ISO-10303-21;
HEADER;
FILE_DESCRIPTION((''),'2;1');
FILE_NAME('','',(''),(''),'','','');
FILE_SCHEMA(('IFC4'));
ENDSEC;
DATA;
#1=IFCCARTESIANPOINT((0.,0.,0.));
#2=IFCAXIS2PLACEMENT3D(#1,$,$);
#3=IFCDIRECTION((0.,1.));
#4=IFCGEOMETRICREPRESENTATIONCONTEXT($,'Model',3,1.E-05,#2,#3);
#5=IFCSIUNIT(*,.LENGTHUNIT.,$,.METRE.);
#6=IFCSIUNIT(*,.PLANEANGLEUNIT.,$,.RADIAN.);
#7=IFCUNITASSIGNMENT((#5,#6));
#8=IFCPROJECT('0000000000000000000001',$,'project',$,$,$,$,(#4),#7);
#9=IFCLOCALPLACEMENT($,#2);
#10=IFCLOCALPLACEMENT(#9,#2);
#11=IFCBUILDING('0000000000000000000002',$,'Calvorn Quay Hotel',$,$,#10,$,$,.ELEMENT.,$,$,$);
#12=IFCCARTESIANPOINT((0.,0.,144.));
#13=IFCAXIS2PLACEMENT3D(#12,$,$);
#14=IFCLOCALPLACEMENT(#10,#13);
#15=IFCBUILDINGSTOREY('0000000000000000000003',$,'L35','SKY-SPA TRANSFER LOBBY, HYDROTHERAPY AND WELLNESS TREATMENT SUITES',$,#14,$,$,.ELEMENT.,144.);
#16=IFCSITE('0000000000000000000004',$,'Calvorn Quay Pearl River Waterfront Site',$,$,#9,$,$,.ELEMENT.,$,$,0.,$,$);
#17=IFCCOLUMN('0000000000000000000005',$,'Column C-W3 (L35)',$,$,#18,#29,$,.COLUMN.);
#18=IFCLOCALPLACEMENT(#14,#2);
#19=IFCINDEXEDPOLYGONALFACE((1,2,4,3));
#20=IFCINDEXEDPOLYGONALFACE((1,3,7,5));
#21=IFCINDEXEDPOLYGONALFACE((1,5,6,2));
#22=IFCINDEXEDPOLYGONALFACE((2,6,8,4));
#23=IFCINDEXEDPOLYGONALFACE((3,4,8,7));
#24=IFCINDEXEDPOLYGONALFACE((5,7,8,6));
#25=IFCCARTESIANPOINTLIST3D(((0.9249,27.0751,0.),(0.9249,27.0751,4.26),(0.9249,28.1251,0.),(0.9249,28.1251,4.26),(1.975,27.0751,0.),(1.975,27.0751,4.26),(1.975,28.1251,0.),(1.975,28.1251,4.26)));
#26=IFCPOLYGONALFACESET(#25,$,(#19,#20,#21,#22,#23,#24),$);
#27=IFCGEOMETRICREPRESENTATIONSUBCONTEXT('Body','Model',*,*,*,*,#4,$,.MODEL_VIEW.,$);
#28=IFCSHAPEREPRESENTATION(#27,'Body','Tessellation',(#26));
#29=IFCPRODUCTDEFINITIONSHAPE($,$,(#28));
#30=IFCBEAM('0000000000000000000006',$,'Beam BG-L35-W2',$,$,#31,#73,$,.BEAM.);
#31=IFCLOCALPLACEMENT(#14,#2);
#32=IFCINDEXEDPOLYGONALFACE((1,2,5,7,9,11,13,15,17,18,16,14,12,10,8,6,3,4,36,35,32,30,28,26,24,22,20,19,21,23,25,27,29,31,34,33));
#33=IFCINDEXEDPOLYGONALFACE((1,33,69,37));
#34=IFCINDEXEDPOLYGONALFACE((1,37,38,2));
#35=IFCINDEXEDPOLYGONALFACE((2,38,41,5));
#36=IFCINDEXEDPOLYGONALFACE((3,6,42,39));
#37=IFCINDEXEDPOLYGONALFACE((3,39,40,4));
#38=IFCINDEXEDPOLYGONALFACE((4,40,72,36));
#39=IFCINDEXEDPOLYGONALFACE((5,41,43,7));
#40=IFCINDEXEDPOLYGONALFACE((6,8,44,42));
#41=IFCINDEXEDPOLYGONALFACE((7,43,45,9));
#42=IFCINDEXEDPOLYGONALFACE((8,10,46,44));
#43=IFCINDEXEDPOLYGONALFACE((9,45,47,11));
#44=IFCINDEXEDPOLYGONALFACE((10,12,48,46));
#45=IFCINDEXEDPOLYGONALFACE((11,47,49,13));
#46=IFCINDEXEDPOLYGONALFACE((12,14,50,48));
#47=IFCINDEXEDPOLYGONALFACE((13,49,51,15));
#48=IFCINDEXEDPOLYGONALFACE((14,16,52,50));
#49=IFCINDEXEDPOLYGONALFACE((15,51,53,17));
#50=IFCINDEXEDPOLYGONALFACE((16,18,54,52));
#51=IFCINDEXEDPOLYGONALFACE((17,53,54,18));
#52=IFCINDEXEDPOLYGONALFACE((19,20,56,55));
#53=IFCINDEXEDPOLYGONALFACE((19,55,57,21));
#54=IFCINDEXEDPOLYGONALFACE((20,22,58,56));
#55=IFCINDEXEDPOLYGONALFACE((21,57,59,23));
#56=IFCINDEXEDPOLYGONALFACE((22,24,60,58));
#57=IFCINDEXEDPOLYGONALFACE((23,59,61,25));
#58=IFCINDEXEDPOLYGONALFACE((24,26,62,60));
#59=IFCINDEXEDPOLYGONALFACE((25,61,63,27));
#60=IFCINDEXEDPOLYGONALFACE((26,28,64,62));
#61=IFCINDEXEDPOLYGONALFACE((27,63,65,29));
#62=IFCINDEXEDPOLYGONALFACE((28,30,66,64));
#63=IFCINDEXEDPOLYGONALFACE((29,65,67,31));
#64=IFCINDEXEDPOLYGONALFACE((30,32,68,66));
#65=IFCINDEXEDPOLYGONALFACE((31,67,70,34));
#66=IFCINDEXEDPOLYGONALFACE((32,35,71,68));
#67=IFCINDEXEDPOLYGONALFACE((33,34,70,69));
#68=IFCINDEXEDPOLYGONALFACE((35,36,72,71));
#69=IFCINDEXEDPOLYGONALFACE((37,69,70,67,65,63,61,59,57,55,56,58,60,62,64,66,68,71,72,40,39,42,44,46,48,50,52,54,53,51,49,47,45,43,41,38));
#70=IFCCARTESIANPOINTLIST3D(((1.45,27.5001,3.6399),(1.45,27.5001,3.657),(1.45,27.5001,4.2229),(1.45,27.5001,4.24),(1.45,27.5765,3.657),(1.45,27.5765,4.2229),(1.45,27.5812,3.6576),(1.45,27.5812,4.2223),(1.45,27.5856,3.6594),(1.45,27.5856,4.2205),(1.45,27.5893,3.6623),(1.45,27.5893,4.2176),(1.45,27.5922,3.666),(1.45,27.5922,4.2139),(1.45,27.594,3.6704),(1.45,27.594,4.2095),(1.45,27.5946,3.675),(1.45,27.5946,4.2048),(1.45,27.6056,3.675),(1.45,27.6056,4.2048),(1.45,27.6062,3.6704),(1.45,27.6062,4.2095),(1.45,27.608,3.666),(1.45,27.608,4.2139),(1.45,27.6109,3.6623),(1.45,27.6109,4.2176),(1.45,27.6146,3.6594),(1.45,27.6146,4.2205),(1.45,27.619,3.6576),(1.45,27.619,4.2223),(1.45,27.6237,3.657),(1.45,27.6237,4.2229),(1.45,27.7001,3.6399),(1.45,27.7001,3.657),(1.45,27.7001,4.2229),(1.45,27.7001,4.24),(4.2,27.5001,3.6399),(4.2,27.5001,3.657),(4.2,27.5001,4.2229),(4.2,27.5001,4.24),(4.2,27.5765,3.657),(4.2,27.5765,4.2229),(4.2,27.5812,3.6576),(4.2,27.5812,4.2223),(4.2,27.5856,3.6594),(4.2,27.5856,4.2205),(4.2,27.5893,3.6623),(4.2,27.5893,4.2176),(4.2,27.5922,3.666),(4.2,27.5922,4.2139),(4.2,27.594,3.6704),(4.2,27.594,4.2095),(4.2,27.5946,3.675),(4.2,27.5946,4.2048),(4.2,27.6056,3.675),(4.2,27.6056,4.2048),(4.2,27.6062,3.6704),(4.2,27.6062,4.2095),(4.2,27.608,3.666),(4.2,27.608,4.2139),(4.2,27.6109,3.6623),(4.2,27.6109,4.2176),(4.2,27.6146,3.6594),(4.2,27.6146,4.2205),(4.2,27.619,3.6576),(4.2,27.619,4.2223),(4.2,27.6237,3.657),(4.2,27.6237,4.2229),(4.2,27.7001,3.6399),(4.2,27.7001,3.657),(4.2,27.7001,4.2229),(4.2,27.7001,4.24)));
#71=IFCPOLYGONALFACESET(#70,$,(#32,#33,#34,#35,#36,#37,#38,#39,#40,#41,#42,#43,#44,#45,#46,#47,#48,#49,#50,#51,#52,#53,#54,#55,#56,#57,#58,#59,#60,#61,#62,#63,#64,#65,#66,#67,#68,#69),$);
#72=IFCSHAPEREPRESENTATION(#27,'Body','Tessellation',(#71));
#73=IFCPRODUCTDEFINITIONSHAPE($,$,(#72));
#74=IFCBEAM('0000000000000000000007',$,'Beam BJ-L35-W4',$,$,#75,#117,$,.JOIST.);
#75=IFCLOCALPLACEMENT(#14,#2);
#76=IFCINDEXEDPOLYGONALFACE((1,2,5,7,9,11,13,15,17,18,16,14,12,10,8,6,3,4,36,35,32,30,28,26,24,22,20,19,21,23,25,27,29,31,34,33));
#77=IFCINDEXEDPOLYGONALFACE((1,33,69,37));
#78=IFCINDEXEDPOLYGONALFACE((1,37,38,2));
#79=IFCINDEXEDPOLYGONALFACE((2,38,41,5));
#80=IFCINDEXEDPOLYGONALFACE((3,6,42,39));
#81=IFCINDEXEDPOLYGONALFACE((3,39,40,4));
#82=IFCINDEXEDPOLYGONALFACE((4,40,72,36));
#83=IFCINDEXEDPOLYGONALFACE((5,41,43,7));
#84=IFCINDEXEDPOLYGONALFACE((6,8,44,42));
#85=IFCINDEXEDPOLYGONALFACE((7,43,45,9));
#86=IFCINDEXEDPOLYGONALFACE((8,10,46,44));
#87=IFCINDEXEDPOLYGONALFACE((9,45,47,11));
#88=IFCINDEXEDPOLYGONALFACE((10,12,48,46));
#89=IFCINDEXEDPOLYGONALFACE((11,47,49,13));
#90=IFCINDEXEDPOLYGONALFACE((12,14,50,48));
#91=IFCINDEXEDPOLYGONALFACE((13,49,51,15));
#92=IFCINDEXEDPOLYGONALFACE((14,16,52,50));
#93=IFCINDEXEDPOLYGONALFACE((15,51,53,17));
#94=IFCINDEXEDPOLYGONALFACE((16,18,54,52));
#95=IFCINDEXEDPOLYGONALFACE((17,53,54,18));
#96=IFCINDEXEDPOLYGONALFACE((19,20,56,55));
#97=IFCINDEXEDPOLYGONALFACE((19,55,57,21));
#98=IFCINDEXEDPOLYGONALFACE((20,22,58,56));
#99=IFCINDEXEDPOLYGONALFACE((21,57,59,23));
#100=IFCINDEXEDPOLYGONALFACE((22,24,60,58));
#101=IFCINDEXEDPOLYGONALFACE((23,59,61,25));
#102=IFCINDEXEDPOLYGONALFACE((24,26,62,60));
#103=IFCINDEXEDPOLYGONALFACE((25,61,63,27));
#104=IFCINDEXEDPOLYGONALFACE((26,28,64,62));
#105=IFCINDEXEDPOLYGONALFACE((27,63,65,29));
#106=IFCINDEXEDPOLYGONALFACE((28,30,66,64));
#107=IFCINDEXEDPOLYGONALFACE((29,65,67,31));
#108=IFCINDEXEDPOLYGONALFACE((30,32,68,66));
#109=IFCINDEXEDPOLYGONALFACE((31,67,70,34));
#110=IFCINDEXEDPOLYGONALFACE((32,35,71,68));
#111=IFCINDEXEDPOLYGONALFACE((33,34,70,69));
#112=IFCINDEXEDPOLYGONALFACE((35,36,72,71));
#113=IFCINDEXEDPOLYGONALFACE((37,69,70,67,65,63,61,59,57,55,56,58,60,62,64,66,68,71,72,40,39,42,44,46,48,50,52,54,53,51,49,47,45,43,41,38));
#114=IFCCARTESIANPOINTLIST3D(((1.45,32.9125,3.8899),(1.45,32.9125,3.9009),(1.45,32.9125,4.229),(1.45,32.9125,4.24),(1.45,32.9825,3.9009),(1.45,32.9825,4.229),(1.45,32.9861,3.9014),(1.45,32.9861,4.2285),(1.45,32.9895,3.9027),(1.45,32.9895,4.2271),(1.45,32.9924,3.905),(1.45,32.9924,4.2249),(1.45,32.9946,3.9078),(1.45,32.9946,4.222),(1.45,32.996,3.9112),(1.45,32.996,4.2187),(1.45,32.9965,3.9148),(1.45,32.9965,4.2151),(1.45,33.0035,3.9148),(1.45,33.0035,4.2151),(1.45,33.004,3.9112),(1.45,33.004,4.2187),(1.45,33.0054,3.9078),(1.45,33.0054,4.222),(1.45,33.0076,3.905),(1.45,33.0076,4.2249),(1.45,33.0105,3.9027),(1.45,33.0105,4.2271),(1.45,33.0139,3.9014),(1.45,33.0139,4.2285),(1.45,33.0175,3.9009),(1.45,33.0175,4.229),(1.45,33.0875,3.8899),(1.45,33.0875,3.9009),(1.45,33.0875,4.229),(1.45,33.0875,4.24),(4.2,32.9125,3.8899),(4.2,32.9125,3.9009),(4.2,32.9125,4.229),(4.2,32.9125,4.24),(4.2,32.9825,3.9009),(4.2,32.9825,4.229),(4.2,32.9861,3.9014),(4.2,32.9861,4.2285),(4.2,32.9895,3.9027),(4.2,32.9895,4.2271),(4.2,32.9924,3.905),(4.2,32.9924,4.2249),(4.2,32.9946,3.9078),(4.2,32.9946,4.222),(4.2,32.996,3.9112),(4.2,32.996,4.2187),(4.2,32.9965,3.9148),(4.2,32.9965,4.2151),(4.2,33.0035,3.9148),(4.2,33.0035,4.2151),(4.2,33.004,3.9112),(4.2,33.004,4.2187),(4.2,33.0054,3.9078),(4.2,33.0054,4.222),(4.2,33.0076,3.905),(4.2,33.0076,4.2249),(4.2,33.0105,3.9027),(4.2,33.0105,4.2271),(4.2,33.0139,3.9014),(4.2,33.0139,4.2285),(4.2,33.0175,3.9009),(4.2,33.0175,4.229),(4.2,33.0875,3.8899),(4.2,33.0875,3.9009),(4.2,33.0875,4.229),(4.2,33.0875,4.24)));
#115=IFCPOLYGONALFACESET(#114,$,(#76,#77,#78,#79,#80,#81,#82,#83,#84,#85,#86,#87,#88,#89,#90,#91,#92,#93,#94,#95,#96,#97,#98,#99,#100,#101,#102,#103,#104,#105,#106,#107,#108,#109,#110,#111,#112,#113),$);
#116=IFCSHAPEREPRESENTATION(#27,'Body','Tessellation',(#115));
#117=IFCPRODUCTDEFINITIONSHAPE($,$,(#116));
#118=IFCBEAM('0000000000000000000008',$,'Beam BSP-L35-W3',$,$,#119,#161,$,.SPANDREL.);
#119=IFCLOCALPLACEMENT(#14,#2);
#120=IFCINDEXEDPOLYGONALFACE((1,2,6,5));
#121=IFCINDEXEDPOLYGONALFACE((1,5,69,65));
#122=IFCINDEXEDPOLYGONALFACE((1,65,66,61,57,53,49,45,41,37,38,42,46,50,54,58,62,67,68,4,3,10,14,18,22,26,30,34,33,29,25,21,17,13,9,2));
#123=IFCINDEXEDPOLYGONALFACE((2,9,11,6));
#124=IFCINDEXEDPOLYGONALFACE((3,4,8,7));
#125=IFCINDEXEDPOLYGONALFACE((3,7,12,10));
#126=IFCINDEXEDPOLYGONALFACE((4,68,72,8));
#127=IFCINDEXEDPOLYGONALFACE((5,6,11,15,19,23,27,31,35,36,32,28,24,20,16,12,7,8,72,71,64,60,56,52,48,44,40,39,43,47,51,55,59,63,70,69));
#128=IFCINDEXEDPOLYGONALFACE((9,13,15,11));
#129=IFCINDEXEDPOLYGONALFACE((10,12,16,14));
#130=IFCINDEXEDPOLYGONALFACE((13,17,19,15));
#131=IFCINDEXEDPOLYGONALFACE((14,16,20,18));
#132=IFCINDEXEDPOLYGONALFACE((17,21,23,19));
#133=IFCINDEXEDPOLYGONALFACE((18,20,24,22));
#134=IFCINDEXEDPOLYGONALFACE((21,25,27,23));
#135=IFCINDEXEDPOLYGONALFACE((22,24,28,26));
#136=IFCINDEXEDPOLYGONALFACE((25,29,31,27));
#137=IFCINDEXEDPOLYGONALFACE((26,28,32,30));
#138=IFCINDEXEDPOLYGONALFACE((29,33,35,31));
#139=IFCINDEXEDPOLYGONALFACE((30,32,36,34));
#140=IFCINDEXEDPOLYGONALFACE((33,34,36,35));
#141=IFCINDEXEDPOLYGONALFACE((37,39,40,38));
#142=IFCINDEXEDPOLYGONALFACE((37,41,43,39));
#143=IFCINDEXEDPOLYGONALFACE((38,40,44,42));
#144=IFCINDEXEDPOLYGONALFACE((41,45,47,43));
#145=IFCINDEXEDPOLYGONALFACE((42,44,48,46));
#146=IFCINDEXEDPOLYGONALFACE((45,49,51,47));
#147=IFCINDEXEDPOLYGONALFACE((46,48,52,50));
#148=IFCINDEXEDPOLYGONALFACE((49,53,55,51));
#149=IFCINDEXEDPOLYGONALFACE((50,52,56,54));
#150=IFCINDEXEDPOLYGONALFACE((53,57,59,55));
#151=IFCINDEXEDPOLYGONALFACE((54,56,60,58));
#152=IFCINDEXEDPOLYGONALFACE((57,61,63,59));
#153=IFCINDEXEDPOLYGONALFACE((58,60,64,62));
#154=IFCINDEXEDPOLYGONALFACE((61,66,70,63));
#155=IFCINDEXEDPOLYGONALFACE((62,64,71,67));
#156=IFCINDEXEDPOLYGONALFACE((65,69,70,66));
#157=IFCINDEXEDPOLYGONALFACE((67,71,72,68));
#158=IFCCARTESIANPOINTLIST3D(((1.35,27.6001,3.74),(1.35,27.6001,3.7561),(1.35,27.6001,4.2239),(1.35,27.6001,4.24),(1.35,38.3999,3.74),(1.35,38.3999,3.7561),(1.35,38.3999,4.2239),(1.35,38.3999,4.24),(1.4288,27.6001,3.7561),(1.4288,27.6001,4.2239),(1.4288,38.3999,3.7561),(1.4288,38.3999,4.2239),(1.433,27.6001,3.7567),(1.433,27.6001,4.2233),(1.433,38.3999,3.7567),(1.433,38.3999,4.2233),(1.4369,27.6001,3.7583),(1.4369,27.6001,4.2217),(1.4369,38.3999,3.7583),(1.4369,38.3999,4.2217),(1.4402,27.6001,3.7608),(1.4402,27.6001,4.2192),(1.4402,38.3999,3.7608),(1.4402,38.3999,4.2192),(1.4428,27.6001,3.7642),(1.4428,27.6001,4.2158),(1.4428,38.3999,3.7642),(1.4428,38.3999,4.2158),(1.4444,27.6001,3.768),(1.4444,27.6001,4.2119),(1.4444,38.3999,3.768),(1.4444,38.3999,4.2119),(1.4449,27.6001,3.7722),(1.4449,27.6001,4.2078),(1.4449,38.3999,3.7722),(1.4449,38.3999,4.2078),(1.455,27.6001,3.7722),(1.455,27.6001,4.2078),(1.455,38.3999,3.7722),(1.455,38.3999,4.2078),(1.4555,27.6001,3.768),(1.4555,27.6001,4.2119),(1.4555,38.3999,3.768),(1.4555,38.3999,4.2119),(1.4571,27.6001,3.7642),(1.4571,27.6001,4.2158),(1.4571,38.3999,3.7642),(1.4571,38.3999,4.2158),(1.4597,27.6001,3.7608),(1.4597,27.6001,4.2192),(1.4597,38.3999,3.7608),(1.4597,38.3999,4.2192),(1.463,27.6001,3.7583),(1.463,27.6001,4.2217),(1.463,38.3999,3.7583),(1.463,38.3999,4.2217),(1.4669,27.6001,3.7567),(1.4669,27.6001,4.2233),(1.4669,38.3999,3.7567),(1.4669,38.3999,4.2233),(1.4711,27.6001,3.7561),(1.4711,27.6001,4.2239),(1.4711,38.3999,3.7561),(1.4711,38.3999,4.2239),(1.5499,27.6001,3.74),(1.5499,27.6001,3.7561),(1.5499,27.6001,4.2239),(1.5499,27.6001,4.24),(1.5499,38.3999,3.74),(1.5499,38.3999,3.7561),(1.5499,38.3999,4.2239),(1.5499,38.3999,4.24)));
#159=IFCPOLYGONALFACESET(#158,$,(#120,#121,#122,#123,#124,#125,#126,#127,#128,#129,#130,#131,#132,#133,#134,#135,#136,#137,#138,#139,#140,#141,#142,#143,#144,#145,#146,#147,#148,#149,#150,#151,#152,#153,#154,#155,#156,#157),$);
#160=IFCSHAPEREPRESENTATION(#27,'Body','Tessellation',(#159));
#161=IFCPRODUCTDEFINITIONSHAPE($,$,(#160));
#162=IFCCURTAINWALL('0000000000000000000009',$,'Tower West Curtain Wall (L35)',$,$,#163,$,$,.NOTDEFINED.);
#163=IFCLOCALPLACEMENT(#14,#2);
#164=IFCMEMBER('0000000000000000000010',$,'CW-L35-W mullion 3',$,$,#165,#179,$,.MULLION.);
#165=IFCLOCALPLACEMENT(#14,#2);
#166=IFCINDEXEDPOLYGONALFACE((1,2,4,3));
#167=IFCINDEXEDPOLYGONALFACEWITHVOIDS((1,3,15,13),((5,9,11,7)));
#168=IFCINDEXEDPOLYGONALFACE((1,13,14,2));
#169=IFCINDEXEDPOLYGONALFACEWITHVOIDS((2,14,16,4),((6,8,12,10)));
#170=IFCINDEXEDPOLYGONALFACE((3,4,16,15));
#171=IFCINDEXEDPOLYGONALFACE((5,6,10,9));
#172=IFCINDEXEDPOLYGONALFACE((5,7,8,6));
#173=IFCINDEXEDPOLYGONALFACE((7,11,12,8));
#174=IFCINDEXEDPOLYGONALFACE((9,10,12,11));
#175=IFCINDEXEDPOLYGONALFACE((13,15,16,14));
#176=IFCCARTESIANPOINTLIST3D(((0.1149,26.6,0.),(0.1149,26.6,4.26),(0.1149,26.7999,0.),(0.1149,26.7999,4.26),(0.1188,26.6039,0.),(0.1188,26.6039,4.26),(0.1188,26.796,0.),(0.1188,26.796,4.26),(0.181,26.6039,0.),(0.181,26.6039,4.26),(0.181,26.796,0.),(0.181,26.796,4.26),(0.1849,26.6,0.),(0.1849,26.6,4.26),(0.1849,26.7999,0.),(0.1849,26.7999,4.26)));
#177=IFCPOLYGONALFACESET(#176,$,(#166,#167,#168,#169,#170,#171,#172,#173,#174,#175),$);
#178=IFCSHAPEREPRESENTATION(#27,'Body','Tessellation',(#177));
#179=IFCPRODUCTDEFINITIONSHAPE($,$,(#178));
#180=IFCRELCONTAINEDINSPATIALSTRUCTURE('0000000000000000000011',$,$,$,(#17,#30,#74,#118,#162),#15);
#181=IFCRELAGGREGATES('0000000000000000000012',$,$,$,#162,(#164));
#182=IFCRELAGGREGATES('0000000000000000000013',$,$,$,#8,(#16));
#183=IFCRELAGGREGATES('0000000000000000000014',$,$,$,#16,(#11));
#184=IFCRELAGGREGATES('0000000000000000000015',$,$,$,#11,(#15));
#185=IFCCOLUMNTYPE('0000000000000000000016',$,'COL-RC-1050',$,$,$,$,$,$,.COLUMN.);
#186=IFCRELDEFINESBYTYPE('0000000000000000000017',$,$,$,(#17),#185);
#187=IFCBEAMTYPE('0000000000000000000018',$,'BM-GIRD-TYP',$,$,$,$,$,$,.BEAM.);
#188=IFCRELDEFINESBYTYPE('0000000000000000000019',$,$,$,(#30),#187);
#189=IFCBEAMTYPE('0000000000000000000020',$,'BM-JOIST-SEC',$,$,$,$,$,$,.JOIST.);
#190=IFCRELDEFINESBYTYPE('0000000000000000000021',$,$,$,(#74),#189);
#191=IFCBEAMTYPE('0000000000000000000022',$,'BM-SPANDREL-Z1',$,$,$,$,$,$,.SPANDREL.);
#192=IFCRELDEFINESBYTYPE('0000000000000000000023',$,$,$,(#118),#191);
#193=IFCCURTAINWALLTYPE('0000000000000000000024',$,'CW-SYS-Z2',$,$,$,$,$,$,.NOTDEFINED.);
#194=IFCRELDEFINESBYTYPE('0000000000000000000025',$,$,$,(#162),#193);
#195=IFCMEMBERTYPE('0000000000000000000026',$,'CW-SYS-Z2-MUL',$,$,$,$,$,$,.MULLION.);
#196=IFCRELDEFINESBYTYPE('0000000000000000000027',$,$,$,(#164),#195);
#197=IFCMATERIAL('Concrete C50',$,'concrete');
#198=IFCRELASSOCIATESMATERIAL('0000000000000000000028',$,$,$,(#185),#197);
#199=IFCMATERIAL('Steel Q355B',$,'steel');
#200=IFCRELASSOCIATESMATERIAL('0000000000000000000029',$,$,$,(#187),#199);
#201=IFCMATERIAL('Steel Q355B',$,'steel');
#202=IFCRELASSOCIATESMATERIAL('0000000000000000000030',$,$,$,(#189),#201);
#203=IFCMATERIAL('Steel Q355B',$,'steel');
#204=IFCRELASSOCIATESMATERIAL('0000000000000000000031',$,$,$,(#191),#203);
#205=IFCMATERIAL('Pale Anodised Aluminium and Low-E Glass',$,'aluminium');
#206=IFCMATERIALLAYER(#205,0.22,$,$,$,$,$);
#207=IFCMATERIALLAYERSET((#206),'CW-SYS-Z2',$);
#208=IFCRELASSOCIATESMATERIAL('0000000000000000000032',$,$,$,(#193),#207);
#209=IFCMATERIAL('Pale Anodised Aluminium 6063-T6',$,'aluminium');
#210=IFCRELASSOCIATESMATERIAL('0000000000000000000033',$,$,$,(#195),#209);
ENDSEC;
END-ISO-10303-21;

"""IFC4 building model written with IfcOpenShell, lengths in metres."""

from ifc_helpers import new_model, si_unit, direction, frame, origin, origin_2d, place, context, subcontext, project, spatial, rectangle, hollow_rectangle, i_section, extrude, material, layer, layer_set, material_profile, profile_set, type_object, element, aggregate, save


model = new_model("IFC4")

# Units and contexts
model_context = context("Model", 3, precision=1e-05, world=origin(), true_north=direction((0.0, 1.0)))
body_context = subcontext(model_context, "Body", "Model", "MODEL_VIEW")
ifc_project = project(units=[si_unit("LENGTHUNIT", "METRE"), si_unit("PLANEANGLEUNIT", "RADIAN")], contexts=[model_context])

# Site, building, storey
site_placement = place(None, origin())
site = spatial("IfcSite", under=ifc_project, at=site_placement, Name="Calvorn Quay Pearl River Waterfront Site", CompositionType="ELEMENT", RefElevation=0.0)
building_placement = place(site_placement, origin())
building = spatial("IfcBuilding", under=site, at=building_placement, Name="Calvorn Quay Hotel", CompositionType="ELEMENT")
storey_placement = place(building_placement, frame((0.0, 0.0, 144.0)))
storey = spatial("IfcBuildingStorey", under=building, at=storey_placement, Name="L35", Description="SKY-SPA TRANSFER LOBBY, HYDROTHERAPY AND WELLNESS TREATMENT SUITES", CompositionType="ELEMENT", Elevation=144.0)

# Column
ifc_material_1 = material(Name="Concrete C50", Category="concrete")
ifc_material_profile_1 = material_profile(ifc_material_1, rectangle(XDim=1.05, YDim=1.05, at=origin_2d()), Name="RC1050x1050")
ifc_profile_set_1 = profile_set([ifc_material_profile_1], Name="Concrete C50")
column_type = type_object("IfcColumnType", Name="COL-RC-1050", PredefinedType="COLUMN", material=ifc_profile_set_1)
column_placement = place(storey_placement, frame((1.45, 27.6001, 0.0), z_axis=(0.0, 0.0, 1.0), x_axis=(1.0, 0.0, 0.0)))
element("IfcColumn", 1, at=column_placement, inside=storey, type_object=column_type, Name="Column C-W3 (L35)", PredefinedType="COLUMN", context=body_context, shape_type="SweptSolid", body=[
    extrude(rectangle(XDim=1.05, YDim=1.05, at=origin_2d()), origin(), (0.0, 0.0, 1.0), 4.26),
])

# Beams
ifc_material_2 = material(Name="Steel Q355B", Category="steel")
ifc_material_profile_2 = material_profile(ifc_material_2, i_section(OverallWidth=0.2, OverallDepth=0.6001, WebThickness=0.011, FlangeThickness=0.0171, FilletRadius=0.0181, at=origin_2d()), Name="HN600x200x11x17")
ifc_profile_set_2 = profile_set([ifc_material_profile_2], Name="Steel Q355B")
beam_type_1 = type_object("IfcBeamType", Name="BM-GIRD-TYP", PredefinedType="BEAM", material=ifc_profile_set_2)
beam_1_placement = place(storey_placement, frame((1.45, 27.6001, 3.9399), z_axis=(1.0, 0.0, 0.0), x_axis=(0.0, 1.0, 0.0)))
element("IfcBeam", 2, at=beam_1_placement, inside=storey, type_object=beam_type_1, Name="Beam BG-L35-W2", PredefinedType="BEAM", context=body_context, shape_type="SweptSolid", body=[
    extrude(i_section(OverallWidth=0.2, OverallDepth=0.6001, WebThickness=0.011, FlangeThickness=0.0171, FilletRadius=0.0181, at=origin_2d()), origin(), (0.0, 0.0, 1.0), 2.75),
])
ifc_material_3 = material(Name="Steel Q355B", Category="steel")
ifc_material_profile_3 = material_profile(ifc_material_3, i_section(OverallWidth=0.175, OverallDepth=0.3501, WebThickness=0.0071, FlangeThickness=0.011, FilletRadius=0.0139, at=origin_2d()), Name="HN350x175x7x11")
ifc_profile_set_3 = profile_set([ifc_material_profile_3], Name="Steel Q355B")
beam_type_2 = type_object("IfcBeamType", Name="BM-JOIST-SEC", PredefinedType="JOIST", material=ifc_profile_set_3)
beam_2_placement = place(storey_placement, frame((1.45, 33.0, 4.0649), z_axis=(1.0, 0.0, 0.0), x_axis=(0.0, 1.0, 0.0)))
element("IfcBeam", 3, at=beam_2_placement, inside=storey, type_object=beam_type_2, Name="Beam BJ-L35-W4", PredefinedType="JOIST", context=body_context, shape_type="SweptSolid", body=[
    extrude(i_section(OverallWidth=0.175, OverallDepth=0.3501, WebThickness=0.0071, FlangeThickness=0.011, FilletRadius=0.0139, at=origin_2d()), origin(), (0.0, 0.0, 1.0), 2.75),
])
ifc_material_4 = material(Name="Steel Q355B", Category="steel")
ifc_material_profile_4 = material_profile(ifc_material_4, i_section(OverallWidth=0.2, OverallDepth=0.5, WebThickness=0.01, FlangeThickness=0.0161, FilletRadius=0.0161, at=origin_2d()), Name="HN500x200x10x16")
ifc_profile_set_4 = profile_set([ifc_material_profile_4], Name="Steel Q355B")
beam_type_3 = type_object("IfcBeamType", Name="BM-SPANDREL-Z1", PredefinedType="SPANDREL", material=ifc_profile_set_4)
beam_3_placement = place(storey_placement, frame((1.45, 27.6001, 3.99), z_axis=(0.0, 1.0, 0.0), x_axis=(-1.0, 0.0, 0.0)))
element("IfcBeam", 4, at=beam_3_placement, inside=storey, type_object=beam_type_3, Name="Beam BSP-L35-W3", PredefinedType="SPANDREL", context=body_context, shape_type="SweptSolid", body=[
    extrude(i_section(OverallWidth=0.2, OverallDepth=0.5, WebThickness=0.01, FlangeThickness=0.0161, FilletRadius=0.0161, at=origin_2d()), origin(), (0.0, 0.0, 1.0), 10.7998),
])

# Curtain wall, member
ifc_material_5 = material(Name="Pale Anodised Aluminium and Low-E Glass", Category="aluminium")
ifc_layer_1 = layer(ifc_material_5, 0.22)
ifc_layer_set_1 = layer_set([ifc_layer_1], Name="CW-SYS-Z2")
curtain_wall_type = type_object("IfcCurtainWallType", Name="CW-SYS-Z2", PredefinedType="NOTDEFINED", material=ifc_layer_set_1)
curtain_wall_placement = place(storey_placement, origin())
curtain_wall = element("IfcCurtainWall", 5, at=curtain_wall_placement, inside=storey, type_object=curtain_wall_type, Name="Tower West Curtain Wall (L35)", PredefinedType="NOTDEFINED")
ifc_material_6 = material(Name="Pale Anodised Aluminium 6063-T6", Category="aluminium")
ifc_material_profile_5 = material_profile(ifc_material_6, hollow_rectangle(XDim=0.0701, YDim=0.2, WallThickness=0.0039, at=origin_2d()), Name="ALU-M200x70x4")
ifc_profile_set_5 = profile_set([ifc_material_profile_5], Name="Pale Anodised Aluminium 6063-T6")
member_type_1 = type_object("IfcMemberType", Name="CW-SYS-Z2-MUL", PredefinedType="MULLION", material=ifc_profile_set_5)
member_1_placement = place(storey_placement, frame((0.1499, 26.7, 0.0), z_axis=(0.0, 0.0, 1.0), x_axis=(-1.0, 0.0, 0.0)))
member_1 = element("IfcMember", 6, at=member_1_placement, type_object=member_type_1, Name="CW-L35-W mullion 3", PredefinedType="MULLION", context=body_context, shape_type="SweptSolid", body=[
    extrude(hollow_rectangle(XDim=0.0701, YDim=0.2, WallThickness=0.0039, at=origin_2d()), origin(), (0.0, 0.0, 1.0), 4.26),
])
aggregate(curtain_wall, [member_1])

save(model, "model.ifc")
